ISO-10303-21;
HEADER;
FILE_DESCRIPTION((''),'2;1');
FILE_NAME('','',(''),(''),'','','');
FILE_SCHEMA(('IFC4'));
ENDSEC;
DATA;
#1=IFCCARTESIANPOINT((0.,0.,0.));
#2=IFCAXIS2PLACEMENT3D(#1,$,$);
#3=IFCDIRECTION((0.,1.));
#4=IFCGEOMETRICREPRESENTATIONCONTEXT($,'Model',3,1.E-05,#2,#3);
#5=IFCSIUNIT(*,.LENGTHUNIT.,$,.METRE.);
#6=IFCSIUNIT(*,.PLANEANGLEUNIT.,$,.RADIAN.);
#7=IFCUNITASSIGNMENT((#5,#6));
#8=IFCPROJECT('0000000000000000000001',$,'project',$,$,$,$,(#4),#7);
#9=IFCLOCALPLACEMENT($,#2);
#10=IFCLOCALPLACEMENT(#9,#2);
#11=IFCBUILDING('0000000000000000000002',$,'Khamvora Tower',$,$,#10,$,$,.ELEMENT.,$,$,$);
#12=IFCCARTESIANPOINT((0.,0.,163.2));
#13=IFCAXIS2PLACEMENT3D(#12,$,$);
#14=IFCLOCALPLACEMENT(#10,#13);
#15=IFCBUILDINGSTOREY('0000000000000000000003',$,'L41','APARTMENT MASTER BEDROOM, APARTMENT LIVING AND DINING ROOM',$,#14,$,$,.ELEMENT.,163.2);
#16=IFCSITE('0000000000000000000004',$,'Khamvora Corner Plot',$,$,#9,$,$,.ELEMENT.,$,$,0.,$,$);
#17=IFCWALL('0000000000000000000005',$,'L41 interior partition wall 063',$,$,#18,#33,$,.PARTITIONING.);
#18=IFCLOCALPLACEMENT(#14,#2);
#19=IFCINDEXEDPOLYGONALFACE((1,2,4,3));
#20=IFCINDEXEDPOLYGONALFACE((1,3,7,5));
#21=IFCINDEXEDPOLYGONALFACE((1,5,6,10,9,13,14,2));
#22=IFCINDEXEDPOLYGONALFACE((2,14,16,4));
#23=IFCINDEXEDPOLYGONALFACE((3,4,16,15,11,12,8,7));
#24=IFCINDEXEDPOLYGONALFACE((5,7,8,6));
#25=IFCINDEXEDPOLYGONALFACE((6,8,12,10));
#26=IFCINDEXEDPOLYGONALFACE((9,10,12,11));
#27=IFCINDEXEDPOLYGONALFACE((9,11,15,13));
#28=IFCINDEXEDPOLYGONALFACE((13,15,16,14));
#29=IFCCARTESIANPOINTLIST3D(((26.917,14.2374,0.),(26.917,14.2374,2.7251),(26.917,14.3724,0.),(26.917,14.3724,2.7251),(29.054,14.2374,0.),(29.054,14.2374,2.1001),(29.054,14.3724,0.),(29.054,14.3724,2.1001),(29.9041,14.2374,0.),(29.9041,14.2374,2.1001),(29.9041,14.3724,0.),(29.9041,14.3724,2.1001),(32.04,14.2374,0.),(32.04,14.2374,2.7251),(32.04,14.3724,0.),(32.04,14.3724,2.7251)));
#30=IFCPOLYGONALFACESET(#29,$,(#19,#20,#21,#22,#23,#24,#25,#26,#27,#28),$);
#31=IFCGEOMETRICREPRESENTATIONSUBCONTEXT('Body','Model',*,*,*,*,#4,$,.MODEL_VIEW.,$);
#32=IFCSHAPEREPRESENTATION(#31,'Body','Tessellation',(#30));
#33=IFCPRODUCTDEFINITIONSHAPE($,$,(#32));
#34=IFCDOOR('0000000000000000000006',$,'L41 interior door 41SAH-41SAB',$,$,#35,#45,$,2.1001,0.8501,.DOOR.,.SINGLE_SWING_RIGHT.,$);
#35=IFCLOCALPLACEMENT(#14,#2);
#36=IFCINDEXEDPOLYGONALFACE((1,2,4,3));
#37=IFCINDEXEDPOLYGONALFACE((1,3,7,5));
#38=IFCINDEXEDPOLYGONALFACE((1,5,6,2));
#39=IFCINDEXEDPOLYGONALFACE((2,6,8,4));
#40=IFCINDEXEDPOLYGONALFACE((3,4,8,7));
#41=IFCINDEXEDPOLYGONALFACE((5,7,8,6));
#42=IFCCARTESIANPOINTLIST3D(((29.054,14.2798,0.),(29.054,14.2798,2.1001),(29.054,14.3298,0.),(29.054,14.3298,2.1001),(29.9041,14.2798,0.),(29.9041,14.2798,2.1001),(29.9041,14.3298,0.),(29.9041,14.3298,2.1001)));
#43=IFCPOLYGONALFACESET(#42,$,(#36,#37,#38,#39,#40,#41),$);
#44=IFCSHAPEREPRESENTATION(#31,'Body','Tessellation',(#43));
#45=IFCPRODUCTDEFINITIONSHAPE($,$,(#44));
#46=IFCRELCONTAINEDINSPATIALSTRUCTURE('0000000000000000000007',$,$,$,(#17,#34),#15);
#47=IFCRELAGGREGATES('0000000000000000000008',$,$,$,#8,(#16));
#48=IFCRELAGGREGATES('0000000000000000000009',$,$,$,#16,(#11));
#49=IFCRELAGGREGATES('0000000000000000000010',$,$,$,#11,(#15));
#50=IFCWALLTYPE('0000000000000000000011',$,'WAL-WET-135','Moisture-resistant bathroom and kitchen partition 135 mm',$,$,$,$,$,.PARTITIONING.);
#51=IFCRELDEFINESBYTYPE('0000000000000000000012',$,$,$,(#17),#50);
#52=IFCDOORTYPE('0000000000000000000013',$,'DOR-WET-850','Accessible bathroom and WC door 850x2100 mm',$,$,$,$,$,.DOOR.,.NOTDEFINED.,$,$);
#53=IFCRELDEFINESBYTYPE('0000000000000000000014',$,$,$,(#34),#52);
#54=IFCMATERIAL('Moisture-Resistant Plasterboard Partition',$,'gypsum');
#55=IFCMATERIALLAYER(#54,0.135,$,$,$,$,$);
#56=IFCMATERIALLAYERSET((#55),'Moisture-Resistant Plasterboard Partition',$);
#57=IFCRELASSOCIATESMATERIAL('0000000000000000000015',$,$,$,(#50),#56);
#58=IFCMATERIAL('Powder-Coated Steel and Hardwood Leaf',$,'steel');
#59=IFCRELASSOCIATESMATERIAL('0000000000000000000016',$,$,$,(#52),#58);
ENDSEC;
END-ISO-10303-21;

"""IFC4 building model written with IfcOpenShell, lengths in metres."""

from ifc_helpers import new_model, si_unit, direction, frame, frame_2d, origin, place, context, subcontext, project, spatial, rectangle, extrude, material, layer, layer_set, type_object, element, fill, save


model = new_model("IFC4")

# Units and contexts
model_context = context("Model", 3, precision=1e-05, world=origin(), true_north=direction((0.0, 1.0)))
body_context = subcontext(model_context, "Body", "Model", "MODEL_VIEW")
ifc_project = project(units=[si_unit("LENGTHUNIT", "METRE"), si_unit("PLANEANGLEUNIT", "RADIAN")], contexts=[model_context])

# Site, building, storey
site_placement = place(None, origin())
site = spatial("IfcSite", under=ifc_project, at=site_placement, Name="Khamvora Corner Plot", CompositionType="ELEMENT", RefElevation=0.0)
building_placement = place(site_placement, origin())
building = spatial("IfcBuilding", under=site, at=building_placement, Name="Khamvora Tower", CompositionType="ELEMENT")
storey_placement = place(building_placement, frame((0.0, 0.0, 163.2)))
storey = spatial("IfcBuildingStorey", under=building, at=storey_placement, Name="L41", Description="APARTMENT MASTER BEDROOM, APARTMENT LIVING AND DINING ROOM", CompositionType="ELEMENT", Elevation=163.2)

# Shared definitions
ifc_material_1 = material(Name="Powder-Coated Steel and Hardwood Leaf", Category="steel")

# Shared definitions
ifc_material_2 = material(Name="Moisture-Resistant Plasterboard Partition", Category="gypsum")
ifc_layer_1 = layer(ifc_material_2, 0.135)
ifc_layer_set_1 = layer_set([ifc_layer_1], Name="Moisture-Resistant Plasterboard Partition")
wall_type_1 = type_object("IfcWallType", Name="WAL-WET-135", Description="Moisture-resistant bathroom and kitchen partition 135 mm", PredefinedType="PARTITIONING", material=ifc_layer_set_1)

# Shared definitions
door_type_1 = type_object("IfcDoorType", Name="DOR-WET-850", Description="Accessible bathroom and WC door 850x2100 mm", OperationType="NOTDEFINED", PredefinedType="DOOR", material=ifc_material_1)

# Wall, opening, door
wall_1_placement = place(storey_placement, frame((26.917, 14.3049, 0.0), z_axis=(0.0, 0.0, 1.0), x_axis=(1.0, 0.0, 0.0)))
wall_1 = element("IfcWall", 1, at=wall_1_placement, inside=storey, type_object=wall_type_1, Name="L41 interior partition wall 063", PredefinedType="PARTITIONING", context=body_context, shape_type="SweptSolid", body=[
    extrude(rectangle(XDim=5.123, YDim=0.135, at=frame_2d((2.5615, 0.0))), origin(), (0.0, 0.0, 1.0), 2.7251),
])
opening_1_placement = place(wall_1_placement, frame((2.137, 0.0, 0.0)))
opening_1 = element("IfcOpeningElement", 2, at=opening_1_placement, cuts=wall_1, PredefinedType="OPENING", context=body_context, shape_type="SweptSolid", body=[
    extrude(rectangle(XDim=0.8501, YDim=2.1001, at=frame_2d((0.425, 1.05))), frame((0.0, 0.0774, 0.0), z_axis=(0.0, -1.0, 0.0), x_axis=(1.0, 0.0, 0.0)), (0.0, 0.0, 1.0), 0.155),
])
door_1_placement = place(opening_1_placement, origin())
door_1 = element("IfcDoor", 3, at=door_1_placement, inside=storey, type_object=door_type_1, Name="L41 interior door 41SAH-41SAB", OperationType="SINGLE_SWING_RIGHT", OverallHeight=2.1001, OverallWidth=0.8501, PredefinedType="DOOR", context=body_context, shape_type="SweptSolid", body=[
    extrude(rectangle(XDim=0.8501, YDim=2.1001, at=frame_2d((0.425, 1.05))), frame((0.0, 0.0249, 0.0), z_axis=(0.0, -1.0, 0.0), x_axis=(1.0, 0.0, 0.0)), (0.0, 0.0, 1.0), 0.05),
])
fill(opening_1, door_1)

save(model, "model.ifc")
